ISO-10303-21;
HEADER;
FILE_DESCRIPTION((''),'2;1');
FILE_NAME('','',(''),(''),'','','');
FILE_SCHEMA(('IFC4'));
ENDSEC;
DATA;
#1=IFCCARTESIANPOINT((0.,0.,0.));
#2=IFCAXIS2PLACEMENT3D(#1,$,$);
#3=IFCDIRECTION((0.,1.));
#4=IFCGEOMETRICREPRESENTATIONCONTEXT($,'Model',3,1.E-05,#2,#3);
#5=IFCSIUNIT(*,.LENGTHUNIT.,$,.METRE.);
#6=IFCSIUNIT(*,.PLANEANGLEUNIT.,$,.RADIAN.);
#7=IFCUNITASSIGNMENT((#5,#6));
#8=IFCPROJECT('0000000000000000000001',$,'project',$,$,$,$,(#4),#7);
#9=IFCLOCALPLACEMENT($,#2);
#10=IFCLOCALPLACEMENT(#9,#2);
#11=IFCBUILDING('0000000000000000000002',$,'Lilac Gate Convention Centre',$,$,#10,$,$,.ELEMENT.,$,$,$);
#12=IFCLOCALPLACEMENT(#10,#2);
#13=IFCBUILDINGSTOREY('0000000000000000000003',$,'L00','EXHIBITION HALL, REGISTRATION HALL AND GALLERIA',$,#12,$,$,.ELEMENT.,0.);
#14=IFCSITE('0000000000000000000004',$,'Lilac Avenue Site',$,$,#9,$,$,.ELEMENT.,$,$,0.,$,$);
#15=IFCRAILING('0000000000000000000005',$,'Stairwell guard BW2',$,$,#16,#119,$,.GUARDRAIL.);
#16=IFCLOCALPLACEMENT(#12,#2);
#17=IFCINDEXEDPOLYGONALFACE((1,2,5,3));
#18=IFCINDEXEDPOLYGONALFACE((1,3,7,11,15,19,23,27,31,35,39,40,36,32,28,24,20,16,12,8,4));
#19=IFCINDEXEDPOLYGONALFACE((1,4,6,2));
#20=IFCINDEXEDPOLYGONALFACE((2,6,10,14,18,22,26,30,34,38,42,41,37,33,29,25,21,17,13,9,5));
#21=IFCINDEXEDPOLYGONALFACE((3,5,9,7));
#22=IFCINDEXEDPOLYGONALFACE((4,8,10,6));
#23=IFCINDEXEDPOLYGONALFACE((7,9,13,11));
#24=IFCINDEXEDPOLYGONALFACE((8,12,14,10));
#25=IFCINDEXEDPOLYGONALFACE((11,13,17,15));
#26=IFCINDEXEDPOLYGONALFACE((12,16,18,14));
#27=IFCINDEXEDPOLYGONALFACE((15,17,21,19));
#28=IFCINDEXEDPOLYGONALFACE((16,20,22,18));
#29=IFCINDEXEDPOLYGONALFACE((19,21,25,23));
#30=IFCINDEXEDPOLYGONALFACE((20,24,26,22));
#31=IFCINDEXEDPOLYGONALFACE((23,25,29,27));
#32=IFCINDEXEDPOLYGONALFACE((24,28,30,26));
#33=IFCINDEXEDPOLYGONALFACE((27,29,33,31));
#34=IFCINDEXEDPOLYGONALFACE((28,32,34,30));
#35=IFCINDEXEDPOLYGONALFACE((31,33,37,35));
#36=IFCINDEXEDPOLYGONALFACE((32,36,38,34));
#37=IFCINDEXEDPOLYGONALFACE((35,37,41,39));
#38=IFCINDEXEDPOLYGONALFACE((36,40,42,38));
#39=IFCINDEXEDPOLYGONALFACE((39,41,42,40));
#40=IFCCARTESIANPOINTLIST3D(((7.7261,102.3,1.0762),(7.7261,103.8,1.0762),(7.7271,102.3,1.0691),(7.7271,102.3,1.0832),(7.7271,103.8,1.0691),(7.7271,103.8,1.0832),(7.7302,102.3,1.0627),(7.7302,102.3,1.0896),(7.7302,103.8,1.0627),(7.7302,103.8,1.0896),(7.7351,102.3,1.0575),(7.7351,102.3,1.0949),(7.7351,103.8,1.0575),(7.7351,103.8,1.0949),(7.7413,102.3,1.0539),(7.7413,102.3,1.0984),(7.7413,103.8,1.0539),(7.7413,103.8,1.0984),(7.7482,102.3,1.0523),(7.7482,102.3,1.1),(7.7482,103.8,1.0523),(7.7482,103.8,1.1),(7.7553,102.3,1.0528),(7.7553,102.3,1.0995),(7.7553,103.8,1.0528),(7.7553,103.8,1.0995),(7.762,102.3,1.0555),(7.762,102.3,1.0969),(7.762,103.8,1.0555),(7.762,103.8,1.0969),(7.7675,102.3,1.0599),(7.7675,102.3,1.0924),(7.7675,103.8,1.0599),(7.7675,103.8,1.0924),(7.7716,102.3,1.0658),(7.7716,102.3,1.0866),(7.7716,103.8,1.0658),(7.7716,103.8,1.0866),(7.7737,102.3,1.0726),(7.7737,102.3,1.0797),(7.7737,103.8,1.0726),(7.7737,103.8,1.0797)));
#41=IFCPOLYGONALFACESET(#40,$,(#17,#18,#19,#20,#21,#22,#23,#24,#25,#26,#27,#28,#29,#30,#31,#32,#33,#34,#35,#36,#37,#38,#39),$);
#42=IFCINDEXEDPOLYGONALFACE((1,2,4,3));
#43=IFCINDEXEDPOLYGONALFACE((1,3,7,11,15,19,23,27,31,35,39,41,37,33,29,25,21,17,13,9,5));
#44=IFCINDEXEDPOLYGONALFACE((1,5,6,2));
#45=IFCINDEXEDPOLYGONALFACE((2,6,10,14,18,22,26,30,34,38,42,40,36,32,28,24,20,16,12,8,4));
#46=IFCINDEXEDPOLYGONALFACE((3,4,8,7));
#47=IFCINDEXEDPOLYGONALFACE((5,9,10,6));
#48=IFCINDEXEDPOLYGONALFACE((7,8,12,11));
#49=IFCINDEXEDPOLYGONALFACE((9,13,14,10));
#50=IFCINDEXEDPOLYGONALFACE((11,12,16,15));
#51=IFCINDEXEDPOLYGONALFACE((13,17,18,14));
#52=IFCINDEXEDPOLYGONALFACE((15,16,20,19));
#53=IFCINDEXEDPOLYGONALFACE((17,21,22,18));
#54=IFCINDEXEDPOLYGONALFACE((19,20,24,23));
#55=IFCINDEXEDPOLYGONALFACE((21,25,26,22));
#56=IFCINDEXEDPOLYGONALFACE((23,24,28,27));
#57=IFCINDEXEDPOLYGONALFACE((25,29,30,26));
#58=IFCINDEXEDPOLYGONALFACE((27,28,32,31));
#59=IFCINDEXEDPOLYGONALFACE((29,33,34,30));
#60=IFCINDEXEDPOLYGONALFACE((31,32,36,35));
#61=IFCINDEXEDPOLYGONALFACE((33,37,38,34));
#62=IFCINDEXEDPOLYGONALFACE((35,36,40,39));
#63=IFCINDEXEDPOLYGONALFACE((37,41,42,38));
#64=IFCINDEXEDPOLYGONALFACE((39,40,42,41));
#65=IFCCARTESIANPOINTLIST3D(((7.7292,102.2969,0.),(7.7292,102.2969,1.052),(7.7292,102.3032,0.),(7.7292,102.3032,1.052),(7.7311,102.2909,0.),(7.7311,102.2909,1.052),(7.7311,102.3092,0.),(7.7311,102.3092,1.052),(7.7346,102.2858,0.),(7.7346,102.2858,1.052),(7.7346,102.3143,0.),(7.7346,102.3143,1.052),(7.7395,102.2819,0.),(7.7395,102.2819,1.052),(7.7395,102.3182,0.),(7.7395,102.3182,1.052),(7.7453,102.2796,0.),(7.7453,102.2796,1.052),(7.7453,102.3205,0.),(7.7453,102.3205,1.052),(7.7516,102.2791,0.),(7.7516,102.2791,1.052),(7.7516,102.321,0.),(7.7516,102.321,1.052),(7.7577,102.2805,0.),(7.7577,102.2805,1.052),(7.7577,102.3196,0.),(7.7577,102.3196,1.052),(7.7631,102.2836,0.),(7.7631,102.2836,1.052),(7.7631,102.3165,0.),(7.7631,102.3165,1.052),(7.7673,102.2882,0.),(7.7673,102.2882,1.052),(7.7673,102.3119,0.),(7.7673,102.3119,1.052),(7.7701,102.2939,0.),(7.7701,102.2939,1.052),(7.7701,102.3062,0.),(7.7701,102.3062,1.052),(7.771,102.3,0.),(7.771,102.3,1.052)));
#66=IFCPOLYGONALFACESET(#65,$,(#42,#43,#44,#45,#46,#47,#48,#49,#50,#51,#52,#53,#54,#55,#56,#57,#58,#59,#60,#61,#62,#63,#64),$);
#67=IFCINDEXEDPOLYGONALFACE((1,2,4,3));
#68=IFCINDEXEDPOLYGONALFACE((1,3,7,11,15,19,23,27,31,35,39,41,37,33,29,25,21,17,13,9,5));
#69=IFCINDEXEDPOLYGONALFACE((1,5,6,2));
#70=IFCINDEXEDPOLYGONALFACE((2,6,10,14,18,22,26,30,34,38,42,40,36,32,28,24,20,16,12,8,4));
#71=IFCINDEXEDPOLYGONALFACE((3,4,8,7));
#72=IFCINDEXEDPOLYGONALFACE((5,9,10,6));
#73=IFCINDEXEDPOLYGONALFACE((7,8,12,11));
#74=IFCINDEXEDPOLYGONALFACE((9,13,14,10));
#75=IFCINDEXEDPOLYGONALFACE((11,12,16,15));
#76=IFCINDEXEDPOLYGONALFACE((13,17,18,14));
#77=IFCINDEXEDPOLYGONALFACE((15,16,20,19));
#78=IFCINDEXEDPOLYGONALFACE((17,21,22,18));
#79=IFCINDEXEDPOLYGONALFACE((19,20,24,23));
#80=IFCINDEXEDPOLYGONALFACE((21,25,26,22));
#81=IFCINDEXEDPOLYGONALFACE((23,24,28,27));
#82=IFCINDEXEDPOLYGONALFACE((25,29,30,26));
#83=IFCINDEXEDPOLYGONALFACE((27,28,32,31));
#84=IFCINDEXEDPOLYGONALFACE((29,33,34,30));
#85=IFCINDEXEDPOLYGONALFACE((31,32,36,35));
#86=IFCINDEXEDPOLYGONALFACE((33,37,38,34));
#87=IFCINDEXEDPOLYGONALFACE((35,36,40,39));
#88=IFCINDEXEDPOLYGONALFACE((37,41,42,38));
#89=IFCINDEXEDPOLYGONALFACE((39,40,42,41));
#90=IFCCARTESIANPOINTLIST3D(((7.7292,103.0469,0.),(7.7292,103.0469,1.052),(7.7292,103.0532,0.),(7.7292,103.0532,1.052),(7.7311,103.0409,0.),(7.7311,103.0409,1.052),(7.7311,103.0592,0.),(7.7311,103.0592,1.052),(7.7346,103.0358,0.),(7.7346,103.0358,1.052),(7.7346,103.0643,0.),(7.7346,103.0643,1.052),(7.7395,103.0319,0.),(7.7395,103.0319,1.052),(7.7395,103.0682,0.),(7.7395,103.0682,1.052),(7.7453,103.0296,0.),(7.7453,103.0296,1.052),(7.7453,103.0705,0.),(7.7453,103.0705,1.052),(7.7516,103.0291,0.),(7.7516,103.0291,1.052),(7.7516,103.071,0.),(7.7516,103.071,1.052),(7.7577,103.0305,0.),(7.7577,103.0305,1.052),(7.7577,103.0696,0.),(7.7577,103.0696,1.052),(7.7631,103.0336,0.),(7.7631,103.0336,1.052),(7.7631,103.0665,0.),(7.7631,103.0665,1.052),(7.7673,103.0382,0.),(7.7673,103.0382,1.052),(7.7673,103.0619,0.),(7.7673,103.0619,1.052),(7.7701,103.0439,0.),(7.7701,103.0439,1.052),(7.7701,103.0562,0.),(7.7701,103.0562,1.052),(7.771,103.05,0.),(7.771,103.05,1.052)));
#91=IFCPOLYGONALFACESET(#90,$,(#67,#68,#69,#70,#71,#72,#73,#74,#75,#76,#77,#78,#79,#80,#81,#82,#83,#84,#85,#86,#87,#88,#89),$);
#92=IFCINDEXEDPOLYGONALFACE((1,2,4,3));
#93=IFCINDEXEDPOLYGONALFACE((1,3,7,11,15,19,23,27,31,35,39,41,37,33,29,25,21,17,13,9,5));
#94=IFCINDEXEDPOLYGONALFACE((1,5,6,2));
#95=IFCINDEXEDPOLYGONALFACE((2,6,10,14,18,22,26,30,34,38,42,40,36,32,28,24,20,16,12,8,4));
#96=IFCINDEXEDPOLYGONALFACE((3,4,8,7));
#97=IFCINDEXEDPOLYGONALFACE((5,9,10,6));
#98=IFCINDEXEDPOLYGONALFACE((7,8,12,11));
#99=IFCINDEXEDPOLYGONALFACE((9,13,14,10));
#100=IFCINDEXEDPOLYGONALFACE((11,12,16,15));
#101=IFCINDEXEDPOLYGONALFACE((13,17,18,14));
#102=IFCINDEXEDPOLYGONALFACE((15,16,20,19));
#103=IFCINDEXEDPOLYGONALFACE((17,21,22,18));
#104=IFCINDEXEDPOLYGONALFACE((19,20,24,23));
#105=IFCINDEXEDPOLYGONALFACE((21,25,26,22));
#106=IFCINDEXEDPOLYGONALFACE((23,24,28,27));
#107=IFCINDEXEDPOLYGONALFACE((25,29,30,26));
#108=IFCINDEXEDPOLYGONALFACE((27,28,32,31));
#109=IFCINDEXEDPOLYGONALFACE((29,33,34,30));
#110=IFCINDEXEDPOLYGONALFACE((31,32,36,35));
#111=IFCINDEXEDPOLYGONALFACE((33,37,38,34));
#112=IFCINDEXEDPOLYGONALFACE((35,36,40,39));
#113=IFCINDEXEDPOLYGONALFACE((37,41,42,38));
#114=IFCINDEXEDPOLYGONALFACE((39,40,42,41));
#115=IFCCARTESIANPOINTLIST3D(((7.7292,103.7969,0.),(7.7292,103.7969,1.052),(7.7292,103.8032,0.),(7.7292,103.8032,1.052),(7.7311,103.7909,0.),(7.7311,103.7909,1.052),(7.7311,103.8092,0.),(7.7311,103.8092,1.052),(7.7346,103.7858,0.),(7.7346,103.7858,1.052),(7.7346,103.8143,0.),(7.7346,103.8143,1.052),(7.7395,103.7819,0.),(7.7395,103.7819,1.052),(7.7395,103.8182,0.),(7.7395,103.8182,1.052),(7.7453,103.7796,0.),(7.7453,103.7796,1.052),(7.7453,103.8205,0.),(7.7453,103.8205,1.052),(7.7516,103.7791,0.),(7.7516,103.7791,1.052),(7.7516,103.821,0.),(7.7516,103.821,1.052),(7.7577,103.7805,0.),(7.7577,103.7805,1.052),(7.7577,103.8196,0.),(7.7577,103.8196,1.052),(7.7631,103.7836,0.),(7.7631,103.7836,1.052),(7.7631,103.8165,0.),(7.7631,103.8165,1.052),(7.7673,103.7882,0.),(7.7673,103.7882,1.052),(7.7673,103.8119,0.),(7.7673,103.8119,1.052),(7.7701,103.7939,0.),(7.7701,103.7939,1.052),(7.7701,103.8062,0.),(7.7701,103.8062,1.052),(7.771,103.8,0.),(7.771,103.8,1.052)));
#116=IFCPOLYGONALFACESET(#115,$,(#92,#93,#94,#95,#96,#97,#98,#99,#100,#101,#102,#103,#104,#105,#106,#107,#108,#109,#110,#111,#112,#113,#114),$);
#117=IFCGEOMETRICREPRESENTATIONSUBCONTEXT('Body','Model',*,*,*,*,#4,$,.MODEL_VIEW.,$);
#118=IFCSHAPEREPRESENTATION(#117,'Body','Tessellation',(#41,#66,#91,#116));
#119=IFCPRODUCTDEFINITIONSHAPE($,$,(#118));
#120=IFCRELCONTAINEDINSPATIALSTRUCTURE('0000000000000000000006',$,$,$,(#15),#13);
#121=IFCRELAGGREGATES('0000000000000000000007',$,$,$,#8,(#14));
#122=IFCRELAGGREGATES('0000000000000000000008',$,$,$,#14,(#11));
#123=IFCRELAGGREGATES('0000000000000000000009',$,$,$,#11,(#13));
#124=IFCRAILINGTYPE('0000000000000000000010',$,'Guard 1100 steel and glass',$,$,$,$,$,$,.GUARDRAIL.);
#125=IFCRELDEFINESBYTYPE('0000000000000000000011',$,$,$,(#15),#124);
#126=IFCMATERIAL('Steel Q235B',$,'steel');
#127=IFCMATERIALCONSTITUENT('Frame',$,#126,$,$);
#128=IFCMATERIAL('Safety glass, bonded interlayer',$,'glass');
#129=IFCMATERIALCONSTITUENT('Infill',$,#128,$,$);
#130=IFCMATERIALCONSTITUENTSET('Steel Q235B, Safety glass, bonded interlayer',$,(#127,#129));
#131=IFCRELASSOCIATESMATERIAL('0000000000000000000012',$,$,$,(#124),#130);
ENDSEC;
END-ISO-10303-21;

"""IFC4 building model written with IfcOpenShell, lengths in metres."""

from ifc_helpers import new_model, si_unit, direction, frame, origin, origin_2d, place, context, subcontext, project, spatial, circle, extrude, material, constituent, constituent_set, type_object, element, save


model = new_model("IFC4")

# Units and contexts
model_context = context("Model", 3, precision=1e-05, world=origin(), true_north=direction((0.0, 1.0)))
body_context = subcontext(model_context, "Body", "Model", "MODEL_VIEW")
ifc_project = project(units=[si_unit("LENGTHUNIT", "METRE"), si_unit("PLANEANGLEUNIT", "RADIAN")], contexts=[model_context])

# Site, building, storey
site_placement = place(None, origin())
site = spatial("IfcSite", under=ifc_project, at=site_placement, Name="Lilac Avenue Site", CompositionType="ELEMENT", RefElevation=0.0)
building_placement = place(site_placement, origin())
building = spatial("IfcBuilding", under=site, at=building_placement, Name="Lilac Gate Convention Centre", CompositionType="ELEMENT")
storey_placement = place(building_placement, origin())
storey = spatial("IfcBuildingStorey", under=building, at=storey_placement, Name="L00", Description="EXHIBITION HALL, REGISTRATION HALL AND GALLERIA", CompositionType="ELEMENT", Elevation=0.0)

# Railing
ifc_material_1 = material(Name="Steel Q235B", Category="steel")
ifc_constituent_1 = constituent(ifc_material_1, Name="Frame")
ifc_material_2 = material(Name="Safety glass, bonded interlayer", Category="glass")
ifc_constituent_2 = constituent(ifc_material_2, Name="Infill")
ifc_constituent_set = constituent_set(constituents=[ifc_constituent_1, ifc_constituent_2], Name="Steel Q235B, Safety glass, bonded interlayer")
railing_type_1 = type_object("IfcRailingType", Name="Guard 1100 steel and glass", PredefinedType="GUARDRAIL", material=ifc_constituent_set)
railing_placement = place(storey_placement, frame((7.75, 102.3, 0.0)))
element("IfcRailing", 1, at=railing_placement, inside=storey, type_object=railing_type_1, Name="Stairwell guard BW2", PredefinedType="GUARDRAIL", context=body_context, shape_type="SweptSolid", body=[
    extrude(circle(Radius=0.0239, at=origin_2d()), frame((0.0, 0.0, 1.0762), z_axis=(0.0, 1.0, 0.0), x_axis=(-1.0, 0.0, 0.0)), (0.0, 0.0, 1.0), 1.5),
    extrude(circle(Radius=0.021, at=origin_2d()), origin(), (0.0, 0.0, 1.0), 1.052),
    extrude(circle(Radius=0.021, at=origin_2d()), frame((0.0, 0.75, 0.0)), (0.0, 0.0, 1.0), 1.052),
    extrude(circle(Radius=0.021, at=origin_2d()), frame((0.0, 1.5, 0.0)), (0.0, 0.0, 1.0), 1.052),
])

save(model, "model.ifc")
